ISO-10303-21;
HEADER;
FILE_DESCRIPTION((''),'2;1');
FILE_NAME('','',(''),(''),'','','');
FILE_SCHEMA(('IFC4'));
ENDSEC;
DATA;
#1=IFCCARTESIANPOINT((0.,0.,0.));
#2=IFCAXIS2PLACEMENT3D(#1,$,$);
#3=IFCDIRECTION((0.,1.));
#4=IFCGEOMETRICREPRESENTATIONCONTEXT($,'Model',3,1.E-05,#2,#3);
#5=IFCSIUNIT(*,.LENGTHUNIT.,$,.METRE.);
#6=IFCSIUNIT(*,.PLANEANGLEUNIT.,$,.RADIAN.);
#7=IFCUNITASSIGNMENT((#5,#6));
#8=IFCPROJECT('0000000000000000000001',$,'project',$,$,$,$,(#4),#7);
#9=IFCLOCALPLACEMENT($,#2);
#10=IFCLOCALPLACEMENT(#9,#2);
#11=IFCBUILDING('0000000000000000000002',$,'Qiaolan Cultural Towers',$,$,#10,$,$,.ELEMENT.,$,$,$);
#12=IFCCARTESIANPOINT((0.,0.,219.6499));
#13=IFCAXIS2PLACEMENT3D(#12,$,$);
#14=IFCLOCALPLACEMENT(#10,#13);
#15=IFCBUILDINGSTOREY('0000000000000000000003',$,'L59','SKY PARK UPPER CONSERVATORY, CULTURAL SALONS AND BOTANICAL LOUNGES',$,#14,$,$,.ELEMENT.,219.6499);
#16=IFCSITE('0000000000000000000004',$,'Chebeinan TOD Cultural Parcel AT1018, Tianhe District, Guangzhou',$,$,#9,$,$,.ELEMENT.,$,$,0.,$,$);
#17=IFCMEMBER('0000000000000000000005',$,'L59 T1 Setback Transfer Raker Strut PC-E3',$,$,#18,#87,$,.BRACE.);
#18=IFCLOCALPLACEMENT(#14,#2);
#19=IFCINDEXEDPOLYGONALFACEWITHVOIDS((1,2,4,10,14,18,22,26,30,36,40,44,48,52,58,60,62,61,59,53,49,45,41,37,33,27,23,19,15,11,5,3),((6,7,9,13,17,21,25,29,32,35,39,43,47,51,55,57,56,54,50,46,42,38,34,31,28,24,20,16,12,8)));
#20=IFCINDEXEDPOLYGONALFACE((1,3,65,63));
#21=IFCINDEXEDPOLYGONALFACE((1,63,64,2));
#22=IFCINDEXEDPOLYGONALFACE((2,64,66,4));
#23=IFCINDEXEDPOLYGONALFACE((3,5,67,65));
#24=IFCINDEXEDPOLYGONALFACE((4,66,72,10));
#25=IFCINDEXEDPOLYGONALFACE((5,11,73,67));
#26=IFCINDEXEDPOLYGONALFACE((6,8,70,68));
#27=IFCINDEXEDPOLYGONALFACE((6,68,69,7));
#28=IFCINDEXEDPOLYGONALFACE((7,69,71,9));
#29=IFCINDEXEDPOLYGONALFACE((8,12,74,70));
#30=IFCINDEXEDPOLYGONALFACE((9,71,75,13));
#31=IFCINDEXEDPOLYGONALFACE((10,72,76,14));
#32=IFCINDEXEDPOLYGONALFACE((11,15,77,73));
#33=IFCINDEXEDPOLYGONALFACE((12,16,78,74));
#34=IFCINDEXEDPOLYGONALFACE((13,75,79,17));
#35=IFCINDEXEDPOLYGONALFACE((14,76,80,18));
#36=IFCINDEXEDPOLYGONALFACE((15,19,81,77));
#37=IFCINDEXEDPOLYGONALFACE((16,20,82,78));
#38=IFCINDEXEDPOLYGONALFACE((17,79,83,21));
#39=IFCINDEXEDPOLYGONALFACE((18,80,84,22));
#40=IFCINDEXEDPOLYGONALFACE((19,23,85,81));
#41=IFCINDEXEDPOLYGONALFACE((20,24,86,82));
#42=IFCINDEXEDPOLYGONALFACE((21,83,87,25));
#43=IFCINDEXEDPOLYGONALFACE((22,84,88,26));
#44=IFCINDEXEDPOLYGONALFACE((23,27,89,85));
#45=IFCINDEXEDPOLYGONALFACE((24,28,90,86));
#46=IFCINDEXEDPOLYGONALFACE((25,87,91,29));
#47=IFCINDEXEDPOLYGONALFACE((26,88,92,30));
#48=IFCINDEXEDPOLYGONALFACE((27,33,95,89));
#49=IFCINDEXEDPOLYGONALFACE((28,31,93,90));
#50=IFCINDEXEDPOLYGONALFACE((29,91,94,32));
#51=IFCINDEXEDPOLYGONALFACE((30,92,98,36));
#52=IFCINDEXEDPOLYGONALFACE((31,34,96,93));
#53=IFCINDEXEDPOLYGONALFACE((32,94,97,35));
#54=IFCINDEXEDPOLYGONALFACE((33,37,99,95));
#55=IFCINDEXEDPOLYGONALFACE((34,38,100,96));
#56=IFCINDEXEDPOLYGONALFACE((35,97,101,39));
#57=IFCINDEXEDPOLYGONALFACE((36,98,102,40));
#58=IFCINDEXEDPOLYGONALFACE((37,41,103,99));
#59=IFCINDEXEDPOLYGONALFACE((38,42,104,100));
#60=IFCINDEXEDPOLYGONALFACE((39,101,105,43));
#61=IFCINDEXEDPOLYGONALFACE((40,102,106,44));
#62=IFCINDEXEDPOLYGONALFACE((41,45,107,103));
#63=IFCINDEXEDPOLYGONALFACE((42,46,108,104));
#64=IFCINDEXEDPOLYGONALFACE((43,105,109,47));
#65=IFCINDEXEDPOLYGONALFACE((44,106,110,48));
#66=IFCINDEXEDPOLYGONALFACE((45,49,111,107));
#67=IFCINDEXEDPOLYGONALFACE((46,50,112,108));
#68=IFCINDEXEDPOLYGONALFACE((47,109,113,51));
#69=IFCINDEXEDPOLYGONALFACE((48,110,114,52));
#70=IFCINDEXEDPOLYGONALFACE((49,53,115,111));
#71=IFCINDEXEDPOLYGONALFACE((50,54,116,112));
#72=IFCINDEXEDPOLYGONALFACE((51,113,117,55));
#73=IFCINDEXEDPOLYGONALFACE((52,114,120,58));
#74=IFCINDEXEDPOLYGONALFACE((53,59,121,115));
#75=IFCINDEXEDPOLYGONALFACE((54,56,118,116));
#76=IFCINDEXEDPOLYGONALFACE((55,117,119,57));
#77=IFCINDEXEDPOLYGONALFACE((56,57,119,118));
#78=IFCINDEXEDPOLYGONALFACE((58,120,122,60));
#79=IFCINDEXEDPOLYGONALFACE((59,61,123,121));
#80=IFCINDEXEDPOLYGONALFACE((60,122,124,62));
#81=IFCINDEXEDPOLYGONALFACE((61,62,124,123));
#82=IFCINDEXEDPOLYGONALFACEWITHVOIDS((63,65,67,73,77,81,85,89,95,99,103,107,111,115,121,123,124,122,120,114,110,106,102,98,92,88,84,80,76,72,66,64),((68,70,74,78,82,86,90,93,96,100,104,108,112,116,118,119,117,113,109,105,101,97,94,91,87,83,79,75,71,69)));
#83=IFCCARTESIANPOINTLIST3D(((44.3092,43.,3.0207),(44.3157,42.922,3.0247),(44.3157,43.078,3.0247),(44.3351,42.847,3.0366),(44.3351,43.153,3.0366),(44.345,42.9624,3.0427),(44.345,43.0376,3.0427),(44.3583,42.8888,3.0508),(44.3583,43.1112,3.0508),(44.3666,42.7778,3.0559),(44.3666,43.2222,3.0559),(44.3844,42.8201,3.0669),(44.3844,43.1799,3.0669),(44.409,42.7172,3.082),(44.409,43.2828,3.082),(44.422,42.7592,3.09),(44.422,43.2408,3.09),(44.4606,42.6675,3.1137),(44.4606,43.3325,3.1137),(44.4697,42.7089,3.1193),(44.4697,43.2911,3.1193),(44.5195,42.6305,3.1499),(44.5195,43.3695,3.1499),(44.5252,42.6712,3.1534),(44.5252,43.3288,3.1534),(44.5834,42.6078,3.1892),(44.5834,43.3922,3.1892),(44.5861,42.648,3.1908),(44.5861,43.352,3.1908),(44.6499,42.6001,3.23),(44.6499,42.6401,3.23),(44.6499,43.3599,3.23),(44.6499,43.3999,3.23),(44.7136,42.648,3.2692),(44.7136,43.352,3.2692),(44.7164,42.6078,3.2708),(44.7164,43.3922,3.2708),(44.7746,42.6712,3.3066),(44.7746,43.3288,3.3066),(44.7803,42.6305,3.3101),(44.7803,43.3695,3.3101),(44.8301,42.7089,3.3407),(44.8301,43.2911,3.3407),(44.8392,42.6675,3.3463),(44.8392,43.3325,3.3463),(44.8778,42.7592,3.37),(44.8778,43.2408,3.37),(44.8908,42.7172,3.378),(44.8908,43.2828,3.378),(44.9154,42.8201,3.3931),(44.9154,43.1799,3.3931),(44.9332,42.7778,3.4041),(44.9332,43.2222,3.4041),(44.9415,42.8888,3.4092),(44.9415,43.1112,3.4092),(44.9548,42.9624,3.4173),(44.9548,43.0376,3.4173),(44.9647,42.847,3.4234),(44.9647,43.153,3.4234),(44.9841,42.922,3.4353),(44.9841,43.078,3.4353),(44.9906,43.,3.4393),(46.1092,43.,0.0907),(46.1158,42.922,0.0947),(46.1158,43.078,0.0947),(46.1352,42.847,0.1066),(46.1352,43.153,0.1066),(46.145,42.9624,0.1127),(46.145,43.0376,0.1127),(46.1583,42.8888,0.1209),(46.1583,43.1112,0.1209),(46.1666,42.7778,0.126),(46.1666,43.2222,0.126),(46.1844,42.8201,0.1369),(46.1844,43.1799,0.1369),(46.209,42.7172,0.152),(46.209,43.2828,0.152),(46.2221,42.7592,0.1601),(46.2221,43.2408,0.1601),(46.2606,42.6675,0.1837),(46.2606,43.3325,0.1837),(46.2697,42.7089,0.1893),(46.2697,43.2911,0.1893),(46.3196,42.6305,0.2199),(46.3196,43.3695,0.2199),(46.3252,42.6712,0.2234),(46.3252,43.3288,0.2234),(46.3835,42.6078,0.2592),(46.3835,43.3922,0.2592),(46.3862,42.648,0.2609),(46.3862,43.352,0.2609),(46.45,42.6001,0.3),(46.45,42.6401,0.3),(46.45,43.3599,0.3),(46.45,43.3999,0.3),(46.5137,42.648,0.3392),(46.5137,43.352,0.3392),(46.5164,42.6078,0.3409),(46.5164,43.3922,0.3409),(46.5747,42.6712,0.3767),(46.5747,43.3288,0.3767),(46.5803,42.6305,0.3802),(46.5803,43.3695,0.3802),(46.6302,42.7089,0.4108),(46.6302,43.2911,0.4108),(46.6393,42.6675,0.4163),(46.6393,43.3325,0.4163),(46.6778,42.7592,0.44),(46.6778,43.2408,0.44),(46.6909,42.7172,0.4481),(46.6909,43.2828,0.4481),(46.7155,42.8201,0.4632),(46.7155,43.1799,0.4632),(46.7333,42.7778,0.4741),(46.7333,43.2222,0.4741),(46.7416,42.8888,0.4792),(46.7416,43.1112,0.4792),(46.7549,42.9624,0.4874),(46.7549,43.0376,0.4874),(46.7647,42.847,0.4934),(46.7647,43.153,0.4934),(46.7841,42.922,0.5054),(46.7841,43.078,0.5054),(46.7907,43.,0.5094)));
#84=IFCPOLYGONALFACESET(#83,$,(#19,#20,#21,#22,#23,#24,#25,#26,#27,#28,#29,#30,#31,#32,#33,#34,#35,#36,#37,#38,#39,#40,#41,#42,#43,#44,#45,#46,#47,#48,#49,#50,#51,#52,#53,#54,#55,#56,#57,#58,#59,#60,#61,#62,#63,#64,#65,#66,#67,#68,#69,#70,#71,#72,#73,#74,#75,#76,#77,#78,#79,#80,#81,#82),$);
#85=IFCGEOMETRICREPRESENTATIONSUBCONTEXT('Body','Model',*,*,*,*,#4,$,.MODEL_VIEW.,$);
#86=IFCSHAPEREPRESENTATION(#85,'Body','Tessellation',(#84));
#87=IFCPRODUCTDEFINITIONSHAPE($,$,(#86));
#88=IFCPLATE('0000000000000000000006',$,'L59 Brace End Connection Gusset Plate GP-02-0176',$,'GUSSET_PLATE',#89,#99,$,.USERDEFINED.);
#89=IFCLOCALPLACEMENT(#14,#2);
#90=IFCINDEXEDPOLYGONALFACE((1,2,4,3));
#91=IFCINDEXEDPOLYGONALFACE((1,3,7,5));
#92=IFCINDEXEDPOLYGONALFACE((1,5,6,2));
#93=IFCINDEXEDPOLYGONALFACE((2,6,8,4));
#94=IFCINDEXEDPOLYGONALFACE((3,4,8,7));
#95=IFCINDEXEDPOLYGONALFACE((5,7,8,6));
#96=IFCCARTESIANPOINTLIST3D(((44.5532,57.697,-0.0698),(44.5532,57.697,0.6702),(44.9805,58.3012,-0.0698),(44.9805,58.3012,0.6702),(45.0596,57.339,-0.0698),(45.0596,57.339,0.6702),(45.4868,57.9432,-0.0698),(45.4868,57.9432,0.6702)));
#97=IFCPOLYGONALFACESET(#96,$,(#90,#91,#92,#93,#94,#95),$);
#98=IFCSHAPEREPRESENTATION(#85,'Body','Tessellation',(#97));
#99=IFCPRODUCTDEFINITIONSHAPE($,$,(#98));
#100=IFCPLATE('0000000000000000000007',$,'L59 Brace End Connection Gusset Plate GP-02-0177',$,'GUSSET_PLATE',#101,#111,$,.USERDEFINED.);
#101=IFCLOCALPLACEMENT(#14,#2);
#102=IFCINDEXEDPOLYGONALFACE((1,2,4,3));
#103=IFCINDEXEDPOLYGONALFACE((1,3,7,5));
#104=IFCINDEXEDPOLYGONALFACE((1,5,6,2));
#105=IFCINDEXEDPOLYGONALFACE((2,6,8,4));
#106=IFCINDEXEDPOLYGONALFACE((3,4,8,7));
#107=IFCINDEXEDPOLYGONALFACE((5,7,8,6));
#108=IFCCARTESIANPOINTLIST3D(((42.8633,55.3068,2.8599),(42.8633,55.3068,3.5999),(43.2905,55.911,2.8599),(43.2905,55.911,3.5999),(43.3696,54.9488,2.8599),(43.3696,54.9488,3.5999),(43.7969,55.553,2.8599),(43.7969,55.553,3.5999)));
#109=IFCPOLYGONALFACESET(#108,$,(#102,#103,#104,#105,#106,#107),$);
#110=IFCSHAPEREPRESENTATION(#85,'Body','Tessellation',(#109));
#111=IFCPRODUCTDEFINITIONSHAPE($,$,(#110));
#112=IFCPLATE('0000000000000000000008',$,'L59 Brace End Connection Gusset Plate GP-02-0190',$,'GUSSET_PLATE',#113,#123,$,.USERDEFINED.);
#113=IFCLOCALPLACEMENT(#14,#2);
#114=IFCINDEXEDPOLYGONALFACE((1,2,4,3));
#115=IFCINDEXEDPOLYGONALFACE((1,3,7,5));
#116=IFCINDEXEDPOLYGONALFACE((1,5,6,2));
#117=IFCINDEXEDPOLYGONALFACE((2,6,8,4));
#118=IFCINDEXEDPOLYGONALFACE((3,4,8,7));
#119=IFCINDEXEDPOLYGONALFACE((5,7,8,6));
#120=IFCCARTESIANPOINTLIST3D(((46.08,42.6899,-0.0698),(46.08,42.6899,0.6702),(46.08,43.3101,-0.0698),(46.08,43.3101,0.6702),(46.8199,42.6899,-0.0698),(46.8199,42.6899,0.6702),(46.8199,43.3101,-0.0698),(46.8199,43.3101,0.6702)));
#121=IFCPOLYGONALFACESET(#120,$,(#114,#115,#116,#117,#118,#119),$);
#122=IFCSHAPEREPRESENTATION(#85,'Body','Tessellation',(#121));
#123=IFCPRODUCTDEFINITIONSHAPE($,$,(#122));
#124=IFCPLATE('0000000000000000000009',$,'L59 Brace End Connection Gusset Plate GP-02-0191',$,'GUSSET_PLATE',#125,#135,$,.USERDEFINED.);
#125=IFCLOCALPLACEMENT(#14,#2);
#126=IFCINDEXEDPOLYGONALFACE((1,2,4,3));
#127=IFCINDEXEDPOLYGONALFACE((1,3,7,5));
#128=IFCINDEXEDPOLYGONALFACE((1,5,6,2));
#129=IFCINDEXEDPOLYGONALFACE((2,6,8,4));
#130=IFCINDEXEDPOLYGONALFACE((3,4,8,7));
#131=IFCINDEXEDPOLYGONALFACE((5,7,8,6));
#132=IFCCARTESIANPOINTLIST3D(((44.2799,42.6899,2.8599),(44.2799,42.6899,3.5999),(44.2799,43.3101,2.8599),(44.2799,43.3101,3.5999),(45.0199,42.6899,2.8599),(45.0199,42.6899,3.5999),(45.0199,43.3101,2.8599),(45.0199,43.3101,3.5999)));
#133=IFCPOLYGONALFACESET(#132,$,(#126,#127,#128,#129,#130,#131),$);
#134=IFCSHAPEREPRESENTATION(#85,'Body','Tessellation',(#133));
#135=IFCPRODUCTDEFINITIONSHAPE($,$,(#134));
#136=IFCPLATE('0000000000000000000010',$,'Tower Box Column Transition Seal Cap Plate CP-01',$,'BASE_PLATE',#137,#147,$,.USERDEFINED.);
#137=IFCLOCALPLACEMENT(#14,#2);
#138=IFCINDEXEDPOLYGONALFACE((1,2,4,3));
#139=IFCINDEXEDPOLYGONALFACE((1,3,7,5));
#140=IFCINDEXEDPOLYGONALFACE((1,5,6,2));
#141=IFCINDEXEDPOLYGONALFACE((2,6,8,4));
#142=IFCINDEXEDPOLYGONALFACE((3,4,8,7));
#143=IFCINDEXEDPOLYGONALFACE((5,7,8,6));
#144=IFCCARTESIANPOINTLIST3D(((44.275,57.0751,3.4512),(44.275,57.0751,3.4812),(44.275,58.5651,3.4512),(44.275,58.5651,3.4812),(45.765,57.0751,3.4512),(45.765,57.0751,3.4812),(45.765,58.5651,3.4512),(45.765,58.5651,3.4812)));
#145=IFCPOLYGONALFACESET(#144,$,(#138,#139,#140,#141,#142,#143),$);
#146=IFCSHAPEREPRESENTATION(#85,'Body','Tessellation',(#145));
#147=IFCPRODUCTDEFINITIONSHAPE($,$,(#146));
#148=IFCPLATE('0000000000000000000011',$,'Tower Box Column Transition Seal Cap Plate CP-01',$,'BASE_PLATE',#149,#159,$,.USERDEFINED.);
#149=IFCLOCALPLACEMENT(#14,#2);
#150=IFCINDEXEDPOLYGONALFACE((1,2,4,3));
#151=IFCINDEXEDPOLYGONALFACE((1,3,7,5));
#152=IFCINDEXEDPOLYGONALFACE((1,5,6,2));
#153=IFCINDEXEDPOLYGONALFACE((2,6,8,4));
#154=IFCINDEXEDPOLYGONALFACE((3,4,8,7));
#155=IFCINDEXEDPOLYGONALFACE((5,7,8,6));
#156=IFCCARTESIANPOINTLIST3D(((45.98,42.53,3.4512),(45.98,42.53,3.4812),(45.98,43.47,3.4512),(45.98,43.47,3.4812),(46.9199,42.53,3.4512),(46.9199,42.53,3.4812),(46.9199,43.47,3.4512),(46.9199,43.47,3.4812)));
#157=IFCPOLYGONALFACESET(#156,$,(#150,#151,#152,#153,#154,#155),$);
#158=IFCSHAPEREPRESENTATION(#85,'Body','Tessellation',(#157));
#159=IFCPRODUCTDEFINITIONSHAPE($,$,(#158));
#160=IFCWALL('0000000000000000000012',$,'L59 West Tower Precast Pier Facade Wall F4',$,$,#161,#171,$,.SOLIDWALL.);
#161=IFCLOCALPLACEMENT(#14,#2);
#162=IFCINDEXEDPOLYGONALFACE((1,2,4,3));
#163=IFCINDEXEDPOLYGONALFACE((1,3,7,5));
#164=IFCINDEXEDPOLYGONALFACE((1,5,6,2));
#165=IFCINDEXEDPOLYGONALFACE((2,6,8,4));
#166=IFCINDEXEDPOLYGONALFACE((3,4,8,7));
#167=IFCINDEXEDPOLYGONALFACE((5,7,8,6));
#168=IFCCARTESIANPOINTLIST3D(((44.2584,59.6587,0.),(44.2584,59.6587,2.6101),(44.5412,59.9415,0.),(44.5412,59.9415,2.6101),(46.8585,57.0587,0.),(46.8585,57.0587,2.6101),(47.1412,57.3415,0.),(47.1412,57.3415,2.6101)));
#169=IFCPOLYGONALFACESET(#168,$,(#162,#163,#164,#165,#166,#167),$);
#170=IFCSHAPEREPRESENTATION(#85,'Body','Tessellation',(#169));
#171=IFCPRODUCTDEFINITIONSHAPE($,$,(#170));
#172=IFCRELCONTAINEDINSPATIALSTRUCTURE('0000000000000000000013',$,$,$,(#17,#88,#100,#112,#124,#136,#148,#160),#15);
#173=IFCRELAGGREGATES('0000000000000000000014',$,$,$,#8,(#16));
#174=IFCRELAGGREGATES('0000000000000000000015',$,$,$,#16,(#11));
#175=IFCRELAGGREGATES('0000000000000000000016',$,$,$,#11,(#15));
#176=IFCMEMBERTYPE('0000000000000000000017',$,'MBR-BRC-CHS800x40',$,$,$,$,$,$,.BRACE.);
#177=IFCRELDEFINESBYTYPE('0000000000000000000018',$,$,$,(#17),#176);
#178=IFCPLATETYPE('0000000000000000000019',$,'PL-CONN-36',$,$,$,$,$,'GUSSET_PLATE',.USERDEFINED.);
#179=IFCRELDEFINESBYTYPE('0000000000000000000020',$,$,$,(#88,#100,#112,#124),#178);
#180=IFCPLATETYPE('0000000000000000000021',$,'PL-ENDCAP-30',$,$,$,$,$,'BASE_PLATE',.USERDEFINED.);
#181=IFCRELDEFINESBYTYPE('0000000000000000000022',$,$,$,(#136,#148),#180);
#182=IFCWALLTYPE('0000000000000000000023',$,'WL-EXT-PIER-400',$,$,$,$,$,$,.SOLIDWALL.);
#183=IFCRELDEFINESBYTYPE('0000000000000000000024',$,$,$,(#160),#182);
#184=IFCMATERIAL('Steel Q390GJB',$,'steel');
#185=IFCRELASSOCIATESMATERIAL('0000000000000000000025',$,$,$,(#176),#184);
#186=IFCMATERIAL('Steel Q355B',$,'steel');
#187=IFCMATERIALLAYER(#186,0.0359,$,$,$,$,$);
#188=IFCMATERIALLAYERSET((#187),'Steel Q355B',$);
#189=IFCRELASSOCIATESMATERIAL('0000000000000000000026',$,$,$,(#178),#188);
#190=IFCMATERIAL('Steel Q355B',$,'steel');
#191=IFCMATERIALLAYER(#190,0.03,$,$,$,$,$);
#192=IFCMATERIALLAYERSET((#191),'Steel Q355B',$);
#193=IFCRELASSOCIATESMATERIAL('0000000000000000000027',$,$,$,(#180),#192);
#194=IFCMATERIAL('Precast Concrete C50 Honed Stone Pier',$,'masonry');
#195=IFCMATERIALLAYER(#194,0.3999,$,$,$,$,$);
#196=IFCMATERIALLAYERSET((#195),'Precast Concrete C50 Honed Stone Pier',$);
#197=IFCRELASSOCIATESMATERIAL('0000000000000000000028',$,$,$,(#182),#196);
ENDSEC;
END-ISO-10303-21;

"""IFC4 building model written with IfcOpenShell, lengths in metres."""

from ifc_helpers import new_model, si_unit, direction, frame, frame_2d, origin, origin_2d, place, context, subcontext, project, spatial, rectangle, hollow_circle, extrude, material, layer, layer_set, material_profile, profile_set, type_object, element, save


model = new_model("IFC4")

# Units and contexts
model_context = context("Model", 3, precision=1e-05, world=origin(), true_north=direction((0.0, 1.0)))
body_context = subcontext(model_context, "Body", "Model", "MODEL_VIEW")
ifc_project = project(units=[si_unit("LENGTHUNIT", "METRE"), si_unit("PLANEANGLEUNIT", "RADIAN")], contexts=[model_context])

# Site, building, storey
site_placement = place(None, origin())
site = spatial("IfcSite", under=ifc_project, at=site_placement, Name="Chebeinan TOD Cultural Parcel AT1018, Tianhe District, Guangzhou", CompositionType="ELEMENT", RefElevation=0.0)
building_placement = place(site_placement, origin())
building = spatial("IfcBuilding", under=site, at=building_placement, Name="Qiaolan Cultural Towers", CompositionType="ELEMENT")
storey_placement = place(building_placement, frame((0.0, 0.0, 219.6499)))
storey = spatial("IfcBuildingStorey", under=building, at=storey_placement, Name="L59", Description="SKY PARK UPPER CONSERVATORY, CULTURAL SALONS AND BOTANICAL LOUNGES", CompositionType="ELEMENT", Elevation=219.6499)

# Member
ifc_material_1 = material(Name="Steel Q390GJB", Category="steel")
ifc_material_profile_1 = material_profile(ifc_material_1, hollow_circle(Radius=0.3999, WallThickness=0.04, at=origin_2d()), Name="CHS800x40")
ifc_profile_set_1 = profile_set([ifc_material_profile_1], Name="Steel Q390GJB")
member_type = type_object("IfcMemberType", Name="MBR-BRC-CHS800x40", PredefinedType="BRACE", material=ifc_profile_set_1)
member_1_placement = place(storey_placement, frame((46.45, 43.0, 0.3), z_axis=(-0.523467, 0.0, 0.852046), x_axis=(0.0, -1.0, 0.0)))
element("IfcMember", 1, at=member_1_placement, inside=storey, type_object=member_type, Name="L59 T1 Setback Transfer Raker Strut PC-E3", PredefinedType="BRACE", context=body_context, shape_type="SweptSolid", body=[
    extrude(hollow_circle(Radius=0.3999, WallThickness=0.04, at=origin_2d()), origin(), (0.0, 0.0, 1.0), 3.4387),
])

# Plates
ifc_material_2 = material(Name="Steel Q355B", Category="steel")
ifc_layer_1 = layer(ifc_material_2, 0.0359)
ifc_layer_set_1 = layer_set([ifc_layer_1], Name="Steel Q355B")
plate_type_1 = type_object("IfcPlateType", Name="PL-CONN-36", ElementType="GUSSET_PLATE", PredefinedType="USERDEFINED", material=ifc_layer_set_1)
for number, where, z_axis, x_axis, name in (
    (2, (45.02, 57.8201, -0.0698), (0.0, 0.0, 1.0), (0.577354, 0.816494, 0.0), "L59 Brace End Connection Gusset Plate GP-02-0176"),
    (3, (43.3301, 55.4299, 2.8599), (0.0, 0.0, 1.0), (0.577354, 0.816494, 0.0), "L59 Brace End Connection Gusset Plate GP-02-0177"),
    (4, (46.45, 43.0, -0.0698), (0.0, 0.0, 1.0), (1.0, 0.0, 0.0), "L59 Brace End Connection Gusset Plate GP-02-0190"),
    (5, (44.6499, 43.0, 2.8599), (0.0, 0.0, 1.0), (1.0, 0.0, 0.0), "L59 Brace End Connection Gusset Plate GP-02-0191"),
):
    element("IfcPlate", number, at=place(storey_placement, frame(where, z_axis=z_axis, x_axis=x_axis)), inside=storey, type_object=plate_type_1, Name=name, ObjectType="GUSSET_PLATE", PredefinedType="USERDEFINED", context=body_context, shape_type="SweptSolid", body=[
        extrude(rectangle(XDim=0.74, YDim=0.6201, at=origin_2d()), origin(), (0.0, 0.0, 1.0), 0.74),
    ])
ifc_material_3 = material(Name="Steel Q355B", Category="steel")
ifc_layer_2 = layer(ifc_material_3, 0.03)
ifc_layer_set_2 = layer_set([ifc_layer_2], Name="Steel Q355B")
plate_type_2 = type_object("IfcPlateType", Name="PL-ENDCAP-30", ElementType="BASE_PLATE", PredefinedType="USERDEFINED", material=ifc_layer_set_2)
plate_1_placement = place(storey_placement, frame((45.02, 57.8201, 3.4512), z_axis=(0.0, 0.0, 1.0), x_axis=(1.0, 0.0, 0.0)))
element("IfcPlate", 6, at=plate_1_placement, inside=storey, type_object=plate_type_2, Name="Tower Box Column Transition Seal Cap Plate CP-01", ObjectType="BASE_PLATE", PredefinedType="USERDEFINED", context=body_context, shape_type="SweptSolid", body=[
    extrude(rectangle(XDim=1.49, YDim=1.49, at=origin_2d()), origin(), (0.0, 0.0, 1.0), 0.03),
])
plate_2_placement = place(storey_placement, frame((46.45, 43.0, 3.4512), z_axis=(0.0, 0.0, 1.0), x_axis=(1.0, 0.0, 0.0)))
element("IfcPlate", 7, at=plate_2_placement, inside=storey, type_object=plate_type_2, Name="Tower Box Column Transition Seal Cap Plate CP-01", ObjectType="BASE_PLATE", PredefinedType="USERDEFINED", context=body_context, shape_type="SweptSolid", body=[
    extrude(rectangle(XDim=0.9399, YDim=0.9399, at=origin_2d()), origin(), (0.0, 0.0, 1.0), 0.03),
])

# Wall
ifc_material_4 = material(Name="Precast Concrete C50 Honed Stone Pier", Category="masonry")
ifc_layer_3 = layer(ifc_material_4, 0.3999)
ifc_layer_set_3 = layer_set([ifc_layer_3], Name="Precast Concrete C50 Honed Stone Pier")
wall_type_1 = type_object("IfcWallType", Name="WL-EXT-PIER-400", PredefinedType="SOLIDWALL", material=ifc_layer_set_3)
wall_1_placement = place(storey_placement, frame((44.3999, 59.8, 0.0), z_axis=(0.0, 0.0, 1.0), x_axis=(0.707107, -0.707107, 0.0)))
element("IfcWall", 8, at=wall_1_placement, inside=storey, type_object=wall_type_1, Name="L59 West Tower Precast Pier Facade Wall F4", PredefinedType="SOLIDWALL", context=body_context, shape_type="SweptSolid", body=[
    extrude(rectangle(XDim=3.677, YDim=0.3999, at=frame_2d((1.8384, 0.0))), origin(), (0.0, 0.0, 1.0), 2.6101),
])

save(model, "model.ifc")
